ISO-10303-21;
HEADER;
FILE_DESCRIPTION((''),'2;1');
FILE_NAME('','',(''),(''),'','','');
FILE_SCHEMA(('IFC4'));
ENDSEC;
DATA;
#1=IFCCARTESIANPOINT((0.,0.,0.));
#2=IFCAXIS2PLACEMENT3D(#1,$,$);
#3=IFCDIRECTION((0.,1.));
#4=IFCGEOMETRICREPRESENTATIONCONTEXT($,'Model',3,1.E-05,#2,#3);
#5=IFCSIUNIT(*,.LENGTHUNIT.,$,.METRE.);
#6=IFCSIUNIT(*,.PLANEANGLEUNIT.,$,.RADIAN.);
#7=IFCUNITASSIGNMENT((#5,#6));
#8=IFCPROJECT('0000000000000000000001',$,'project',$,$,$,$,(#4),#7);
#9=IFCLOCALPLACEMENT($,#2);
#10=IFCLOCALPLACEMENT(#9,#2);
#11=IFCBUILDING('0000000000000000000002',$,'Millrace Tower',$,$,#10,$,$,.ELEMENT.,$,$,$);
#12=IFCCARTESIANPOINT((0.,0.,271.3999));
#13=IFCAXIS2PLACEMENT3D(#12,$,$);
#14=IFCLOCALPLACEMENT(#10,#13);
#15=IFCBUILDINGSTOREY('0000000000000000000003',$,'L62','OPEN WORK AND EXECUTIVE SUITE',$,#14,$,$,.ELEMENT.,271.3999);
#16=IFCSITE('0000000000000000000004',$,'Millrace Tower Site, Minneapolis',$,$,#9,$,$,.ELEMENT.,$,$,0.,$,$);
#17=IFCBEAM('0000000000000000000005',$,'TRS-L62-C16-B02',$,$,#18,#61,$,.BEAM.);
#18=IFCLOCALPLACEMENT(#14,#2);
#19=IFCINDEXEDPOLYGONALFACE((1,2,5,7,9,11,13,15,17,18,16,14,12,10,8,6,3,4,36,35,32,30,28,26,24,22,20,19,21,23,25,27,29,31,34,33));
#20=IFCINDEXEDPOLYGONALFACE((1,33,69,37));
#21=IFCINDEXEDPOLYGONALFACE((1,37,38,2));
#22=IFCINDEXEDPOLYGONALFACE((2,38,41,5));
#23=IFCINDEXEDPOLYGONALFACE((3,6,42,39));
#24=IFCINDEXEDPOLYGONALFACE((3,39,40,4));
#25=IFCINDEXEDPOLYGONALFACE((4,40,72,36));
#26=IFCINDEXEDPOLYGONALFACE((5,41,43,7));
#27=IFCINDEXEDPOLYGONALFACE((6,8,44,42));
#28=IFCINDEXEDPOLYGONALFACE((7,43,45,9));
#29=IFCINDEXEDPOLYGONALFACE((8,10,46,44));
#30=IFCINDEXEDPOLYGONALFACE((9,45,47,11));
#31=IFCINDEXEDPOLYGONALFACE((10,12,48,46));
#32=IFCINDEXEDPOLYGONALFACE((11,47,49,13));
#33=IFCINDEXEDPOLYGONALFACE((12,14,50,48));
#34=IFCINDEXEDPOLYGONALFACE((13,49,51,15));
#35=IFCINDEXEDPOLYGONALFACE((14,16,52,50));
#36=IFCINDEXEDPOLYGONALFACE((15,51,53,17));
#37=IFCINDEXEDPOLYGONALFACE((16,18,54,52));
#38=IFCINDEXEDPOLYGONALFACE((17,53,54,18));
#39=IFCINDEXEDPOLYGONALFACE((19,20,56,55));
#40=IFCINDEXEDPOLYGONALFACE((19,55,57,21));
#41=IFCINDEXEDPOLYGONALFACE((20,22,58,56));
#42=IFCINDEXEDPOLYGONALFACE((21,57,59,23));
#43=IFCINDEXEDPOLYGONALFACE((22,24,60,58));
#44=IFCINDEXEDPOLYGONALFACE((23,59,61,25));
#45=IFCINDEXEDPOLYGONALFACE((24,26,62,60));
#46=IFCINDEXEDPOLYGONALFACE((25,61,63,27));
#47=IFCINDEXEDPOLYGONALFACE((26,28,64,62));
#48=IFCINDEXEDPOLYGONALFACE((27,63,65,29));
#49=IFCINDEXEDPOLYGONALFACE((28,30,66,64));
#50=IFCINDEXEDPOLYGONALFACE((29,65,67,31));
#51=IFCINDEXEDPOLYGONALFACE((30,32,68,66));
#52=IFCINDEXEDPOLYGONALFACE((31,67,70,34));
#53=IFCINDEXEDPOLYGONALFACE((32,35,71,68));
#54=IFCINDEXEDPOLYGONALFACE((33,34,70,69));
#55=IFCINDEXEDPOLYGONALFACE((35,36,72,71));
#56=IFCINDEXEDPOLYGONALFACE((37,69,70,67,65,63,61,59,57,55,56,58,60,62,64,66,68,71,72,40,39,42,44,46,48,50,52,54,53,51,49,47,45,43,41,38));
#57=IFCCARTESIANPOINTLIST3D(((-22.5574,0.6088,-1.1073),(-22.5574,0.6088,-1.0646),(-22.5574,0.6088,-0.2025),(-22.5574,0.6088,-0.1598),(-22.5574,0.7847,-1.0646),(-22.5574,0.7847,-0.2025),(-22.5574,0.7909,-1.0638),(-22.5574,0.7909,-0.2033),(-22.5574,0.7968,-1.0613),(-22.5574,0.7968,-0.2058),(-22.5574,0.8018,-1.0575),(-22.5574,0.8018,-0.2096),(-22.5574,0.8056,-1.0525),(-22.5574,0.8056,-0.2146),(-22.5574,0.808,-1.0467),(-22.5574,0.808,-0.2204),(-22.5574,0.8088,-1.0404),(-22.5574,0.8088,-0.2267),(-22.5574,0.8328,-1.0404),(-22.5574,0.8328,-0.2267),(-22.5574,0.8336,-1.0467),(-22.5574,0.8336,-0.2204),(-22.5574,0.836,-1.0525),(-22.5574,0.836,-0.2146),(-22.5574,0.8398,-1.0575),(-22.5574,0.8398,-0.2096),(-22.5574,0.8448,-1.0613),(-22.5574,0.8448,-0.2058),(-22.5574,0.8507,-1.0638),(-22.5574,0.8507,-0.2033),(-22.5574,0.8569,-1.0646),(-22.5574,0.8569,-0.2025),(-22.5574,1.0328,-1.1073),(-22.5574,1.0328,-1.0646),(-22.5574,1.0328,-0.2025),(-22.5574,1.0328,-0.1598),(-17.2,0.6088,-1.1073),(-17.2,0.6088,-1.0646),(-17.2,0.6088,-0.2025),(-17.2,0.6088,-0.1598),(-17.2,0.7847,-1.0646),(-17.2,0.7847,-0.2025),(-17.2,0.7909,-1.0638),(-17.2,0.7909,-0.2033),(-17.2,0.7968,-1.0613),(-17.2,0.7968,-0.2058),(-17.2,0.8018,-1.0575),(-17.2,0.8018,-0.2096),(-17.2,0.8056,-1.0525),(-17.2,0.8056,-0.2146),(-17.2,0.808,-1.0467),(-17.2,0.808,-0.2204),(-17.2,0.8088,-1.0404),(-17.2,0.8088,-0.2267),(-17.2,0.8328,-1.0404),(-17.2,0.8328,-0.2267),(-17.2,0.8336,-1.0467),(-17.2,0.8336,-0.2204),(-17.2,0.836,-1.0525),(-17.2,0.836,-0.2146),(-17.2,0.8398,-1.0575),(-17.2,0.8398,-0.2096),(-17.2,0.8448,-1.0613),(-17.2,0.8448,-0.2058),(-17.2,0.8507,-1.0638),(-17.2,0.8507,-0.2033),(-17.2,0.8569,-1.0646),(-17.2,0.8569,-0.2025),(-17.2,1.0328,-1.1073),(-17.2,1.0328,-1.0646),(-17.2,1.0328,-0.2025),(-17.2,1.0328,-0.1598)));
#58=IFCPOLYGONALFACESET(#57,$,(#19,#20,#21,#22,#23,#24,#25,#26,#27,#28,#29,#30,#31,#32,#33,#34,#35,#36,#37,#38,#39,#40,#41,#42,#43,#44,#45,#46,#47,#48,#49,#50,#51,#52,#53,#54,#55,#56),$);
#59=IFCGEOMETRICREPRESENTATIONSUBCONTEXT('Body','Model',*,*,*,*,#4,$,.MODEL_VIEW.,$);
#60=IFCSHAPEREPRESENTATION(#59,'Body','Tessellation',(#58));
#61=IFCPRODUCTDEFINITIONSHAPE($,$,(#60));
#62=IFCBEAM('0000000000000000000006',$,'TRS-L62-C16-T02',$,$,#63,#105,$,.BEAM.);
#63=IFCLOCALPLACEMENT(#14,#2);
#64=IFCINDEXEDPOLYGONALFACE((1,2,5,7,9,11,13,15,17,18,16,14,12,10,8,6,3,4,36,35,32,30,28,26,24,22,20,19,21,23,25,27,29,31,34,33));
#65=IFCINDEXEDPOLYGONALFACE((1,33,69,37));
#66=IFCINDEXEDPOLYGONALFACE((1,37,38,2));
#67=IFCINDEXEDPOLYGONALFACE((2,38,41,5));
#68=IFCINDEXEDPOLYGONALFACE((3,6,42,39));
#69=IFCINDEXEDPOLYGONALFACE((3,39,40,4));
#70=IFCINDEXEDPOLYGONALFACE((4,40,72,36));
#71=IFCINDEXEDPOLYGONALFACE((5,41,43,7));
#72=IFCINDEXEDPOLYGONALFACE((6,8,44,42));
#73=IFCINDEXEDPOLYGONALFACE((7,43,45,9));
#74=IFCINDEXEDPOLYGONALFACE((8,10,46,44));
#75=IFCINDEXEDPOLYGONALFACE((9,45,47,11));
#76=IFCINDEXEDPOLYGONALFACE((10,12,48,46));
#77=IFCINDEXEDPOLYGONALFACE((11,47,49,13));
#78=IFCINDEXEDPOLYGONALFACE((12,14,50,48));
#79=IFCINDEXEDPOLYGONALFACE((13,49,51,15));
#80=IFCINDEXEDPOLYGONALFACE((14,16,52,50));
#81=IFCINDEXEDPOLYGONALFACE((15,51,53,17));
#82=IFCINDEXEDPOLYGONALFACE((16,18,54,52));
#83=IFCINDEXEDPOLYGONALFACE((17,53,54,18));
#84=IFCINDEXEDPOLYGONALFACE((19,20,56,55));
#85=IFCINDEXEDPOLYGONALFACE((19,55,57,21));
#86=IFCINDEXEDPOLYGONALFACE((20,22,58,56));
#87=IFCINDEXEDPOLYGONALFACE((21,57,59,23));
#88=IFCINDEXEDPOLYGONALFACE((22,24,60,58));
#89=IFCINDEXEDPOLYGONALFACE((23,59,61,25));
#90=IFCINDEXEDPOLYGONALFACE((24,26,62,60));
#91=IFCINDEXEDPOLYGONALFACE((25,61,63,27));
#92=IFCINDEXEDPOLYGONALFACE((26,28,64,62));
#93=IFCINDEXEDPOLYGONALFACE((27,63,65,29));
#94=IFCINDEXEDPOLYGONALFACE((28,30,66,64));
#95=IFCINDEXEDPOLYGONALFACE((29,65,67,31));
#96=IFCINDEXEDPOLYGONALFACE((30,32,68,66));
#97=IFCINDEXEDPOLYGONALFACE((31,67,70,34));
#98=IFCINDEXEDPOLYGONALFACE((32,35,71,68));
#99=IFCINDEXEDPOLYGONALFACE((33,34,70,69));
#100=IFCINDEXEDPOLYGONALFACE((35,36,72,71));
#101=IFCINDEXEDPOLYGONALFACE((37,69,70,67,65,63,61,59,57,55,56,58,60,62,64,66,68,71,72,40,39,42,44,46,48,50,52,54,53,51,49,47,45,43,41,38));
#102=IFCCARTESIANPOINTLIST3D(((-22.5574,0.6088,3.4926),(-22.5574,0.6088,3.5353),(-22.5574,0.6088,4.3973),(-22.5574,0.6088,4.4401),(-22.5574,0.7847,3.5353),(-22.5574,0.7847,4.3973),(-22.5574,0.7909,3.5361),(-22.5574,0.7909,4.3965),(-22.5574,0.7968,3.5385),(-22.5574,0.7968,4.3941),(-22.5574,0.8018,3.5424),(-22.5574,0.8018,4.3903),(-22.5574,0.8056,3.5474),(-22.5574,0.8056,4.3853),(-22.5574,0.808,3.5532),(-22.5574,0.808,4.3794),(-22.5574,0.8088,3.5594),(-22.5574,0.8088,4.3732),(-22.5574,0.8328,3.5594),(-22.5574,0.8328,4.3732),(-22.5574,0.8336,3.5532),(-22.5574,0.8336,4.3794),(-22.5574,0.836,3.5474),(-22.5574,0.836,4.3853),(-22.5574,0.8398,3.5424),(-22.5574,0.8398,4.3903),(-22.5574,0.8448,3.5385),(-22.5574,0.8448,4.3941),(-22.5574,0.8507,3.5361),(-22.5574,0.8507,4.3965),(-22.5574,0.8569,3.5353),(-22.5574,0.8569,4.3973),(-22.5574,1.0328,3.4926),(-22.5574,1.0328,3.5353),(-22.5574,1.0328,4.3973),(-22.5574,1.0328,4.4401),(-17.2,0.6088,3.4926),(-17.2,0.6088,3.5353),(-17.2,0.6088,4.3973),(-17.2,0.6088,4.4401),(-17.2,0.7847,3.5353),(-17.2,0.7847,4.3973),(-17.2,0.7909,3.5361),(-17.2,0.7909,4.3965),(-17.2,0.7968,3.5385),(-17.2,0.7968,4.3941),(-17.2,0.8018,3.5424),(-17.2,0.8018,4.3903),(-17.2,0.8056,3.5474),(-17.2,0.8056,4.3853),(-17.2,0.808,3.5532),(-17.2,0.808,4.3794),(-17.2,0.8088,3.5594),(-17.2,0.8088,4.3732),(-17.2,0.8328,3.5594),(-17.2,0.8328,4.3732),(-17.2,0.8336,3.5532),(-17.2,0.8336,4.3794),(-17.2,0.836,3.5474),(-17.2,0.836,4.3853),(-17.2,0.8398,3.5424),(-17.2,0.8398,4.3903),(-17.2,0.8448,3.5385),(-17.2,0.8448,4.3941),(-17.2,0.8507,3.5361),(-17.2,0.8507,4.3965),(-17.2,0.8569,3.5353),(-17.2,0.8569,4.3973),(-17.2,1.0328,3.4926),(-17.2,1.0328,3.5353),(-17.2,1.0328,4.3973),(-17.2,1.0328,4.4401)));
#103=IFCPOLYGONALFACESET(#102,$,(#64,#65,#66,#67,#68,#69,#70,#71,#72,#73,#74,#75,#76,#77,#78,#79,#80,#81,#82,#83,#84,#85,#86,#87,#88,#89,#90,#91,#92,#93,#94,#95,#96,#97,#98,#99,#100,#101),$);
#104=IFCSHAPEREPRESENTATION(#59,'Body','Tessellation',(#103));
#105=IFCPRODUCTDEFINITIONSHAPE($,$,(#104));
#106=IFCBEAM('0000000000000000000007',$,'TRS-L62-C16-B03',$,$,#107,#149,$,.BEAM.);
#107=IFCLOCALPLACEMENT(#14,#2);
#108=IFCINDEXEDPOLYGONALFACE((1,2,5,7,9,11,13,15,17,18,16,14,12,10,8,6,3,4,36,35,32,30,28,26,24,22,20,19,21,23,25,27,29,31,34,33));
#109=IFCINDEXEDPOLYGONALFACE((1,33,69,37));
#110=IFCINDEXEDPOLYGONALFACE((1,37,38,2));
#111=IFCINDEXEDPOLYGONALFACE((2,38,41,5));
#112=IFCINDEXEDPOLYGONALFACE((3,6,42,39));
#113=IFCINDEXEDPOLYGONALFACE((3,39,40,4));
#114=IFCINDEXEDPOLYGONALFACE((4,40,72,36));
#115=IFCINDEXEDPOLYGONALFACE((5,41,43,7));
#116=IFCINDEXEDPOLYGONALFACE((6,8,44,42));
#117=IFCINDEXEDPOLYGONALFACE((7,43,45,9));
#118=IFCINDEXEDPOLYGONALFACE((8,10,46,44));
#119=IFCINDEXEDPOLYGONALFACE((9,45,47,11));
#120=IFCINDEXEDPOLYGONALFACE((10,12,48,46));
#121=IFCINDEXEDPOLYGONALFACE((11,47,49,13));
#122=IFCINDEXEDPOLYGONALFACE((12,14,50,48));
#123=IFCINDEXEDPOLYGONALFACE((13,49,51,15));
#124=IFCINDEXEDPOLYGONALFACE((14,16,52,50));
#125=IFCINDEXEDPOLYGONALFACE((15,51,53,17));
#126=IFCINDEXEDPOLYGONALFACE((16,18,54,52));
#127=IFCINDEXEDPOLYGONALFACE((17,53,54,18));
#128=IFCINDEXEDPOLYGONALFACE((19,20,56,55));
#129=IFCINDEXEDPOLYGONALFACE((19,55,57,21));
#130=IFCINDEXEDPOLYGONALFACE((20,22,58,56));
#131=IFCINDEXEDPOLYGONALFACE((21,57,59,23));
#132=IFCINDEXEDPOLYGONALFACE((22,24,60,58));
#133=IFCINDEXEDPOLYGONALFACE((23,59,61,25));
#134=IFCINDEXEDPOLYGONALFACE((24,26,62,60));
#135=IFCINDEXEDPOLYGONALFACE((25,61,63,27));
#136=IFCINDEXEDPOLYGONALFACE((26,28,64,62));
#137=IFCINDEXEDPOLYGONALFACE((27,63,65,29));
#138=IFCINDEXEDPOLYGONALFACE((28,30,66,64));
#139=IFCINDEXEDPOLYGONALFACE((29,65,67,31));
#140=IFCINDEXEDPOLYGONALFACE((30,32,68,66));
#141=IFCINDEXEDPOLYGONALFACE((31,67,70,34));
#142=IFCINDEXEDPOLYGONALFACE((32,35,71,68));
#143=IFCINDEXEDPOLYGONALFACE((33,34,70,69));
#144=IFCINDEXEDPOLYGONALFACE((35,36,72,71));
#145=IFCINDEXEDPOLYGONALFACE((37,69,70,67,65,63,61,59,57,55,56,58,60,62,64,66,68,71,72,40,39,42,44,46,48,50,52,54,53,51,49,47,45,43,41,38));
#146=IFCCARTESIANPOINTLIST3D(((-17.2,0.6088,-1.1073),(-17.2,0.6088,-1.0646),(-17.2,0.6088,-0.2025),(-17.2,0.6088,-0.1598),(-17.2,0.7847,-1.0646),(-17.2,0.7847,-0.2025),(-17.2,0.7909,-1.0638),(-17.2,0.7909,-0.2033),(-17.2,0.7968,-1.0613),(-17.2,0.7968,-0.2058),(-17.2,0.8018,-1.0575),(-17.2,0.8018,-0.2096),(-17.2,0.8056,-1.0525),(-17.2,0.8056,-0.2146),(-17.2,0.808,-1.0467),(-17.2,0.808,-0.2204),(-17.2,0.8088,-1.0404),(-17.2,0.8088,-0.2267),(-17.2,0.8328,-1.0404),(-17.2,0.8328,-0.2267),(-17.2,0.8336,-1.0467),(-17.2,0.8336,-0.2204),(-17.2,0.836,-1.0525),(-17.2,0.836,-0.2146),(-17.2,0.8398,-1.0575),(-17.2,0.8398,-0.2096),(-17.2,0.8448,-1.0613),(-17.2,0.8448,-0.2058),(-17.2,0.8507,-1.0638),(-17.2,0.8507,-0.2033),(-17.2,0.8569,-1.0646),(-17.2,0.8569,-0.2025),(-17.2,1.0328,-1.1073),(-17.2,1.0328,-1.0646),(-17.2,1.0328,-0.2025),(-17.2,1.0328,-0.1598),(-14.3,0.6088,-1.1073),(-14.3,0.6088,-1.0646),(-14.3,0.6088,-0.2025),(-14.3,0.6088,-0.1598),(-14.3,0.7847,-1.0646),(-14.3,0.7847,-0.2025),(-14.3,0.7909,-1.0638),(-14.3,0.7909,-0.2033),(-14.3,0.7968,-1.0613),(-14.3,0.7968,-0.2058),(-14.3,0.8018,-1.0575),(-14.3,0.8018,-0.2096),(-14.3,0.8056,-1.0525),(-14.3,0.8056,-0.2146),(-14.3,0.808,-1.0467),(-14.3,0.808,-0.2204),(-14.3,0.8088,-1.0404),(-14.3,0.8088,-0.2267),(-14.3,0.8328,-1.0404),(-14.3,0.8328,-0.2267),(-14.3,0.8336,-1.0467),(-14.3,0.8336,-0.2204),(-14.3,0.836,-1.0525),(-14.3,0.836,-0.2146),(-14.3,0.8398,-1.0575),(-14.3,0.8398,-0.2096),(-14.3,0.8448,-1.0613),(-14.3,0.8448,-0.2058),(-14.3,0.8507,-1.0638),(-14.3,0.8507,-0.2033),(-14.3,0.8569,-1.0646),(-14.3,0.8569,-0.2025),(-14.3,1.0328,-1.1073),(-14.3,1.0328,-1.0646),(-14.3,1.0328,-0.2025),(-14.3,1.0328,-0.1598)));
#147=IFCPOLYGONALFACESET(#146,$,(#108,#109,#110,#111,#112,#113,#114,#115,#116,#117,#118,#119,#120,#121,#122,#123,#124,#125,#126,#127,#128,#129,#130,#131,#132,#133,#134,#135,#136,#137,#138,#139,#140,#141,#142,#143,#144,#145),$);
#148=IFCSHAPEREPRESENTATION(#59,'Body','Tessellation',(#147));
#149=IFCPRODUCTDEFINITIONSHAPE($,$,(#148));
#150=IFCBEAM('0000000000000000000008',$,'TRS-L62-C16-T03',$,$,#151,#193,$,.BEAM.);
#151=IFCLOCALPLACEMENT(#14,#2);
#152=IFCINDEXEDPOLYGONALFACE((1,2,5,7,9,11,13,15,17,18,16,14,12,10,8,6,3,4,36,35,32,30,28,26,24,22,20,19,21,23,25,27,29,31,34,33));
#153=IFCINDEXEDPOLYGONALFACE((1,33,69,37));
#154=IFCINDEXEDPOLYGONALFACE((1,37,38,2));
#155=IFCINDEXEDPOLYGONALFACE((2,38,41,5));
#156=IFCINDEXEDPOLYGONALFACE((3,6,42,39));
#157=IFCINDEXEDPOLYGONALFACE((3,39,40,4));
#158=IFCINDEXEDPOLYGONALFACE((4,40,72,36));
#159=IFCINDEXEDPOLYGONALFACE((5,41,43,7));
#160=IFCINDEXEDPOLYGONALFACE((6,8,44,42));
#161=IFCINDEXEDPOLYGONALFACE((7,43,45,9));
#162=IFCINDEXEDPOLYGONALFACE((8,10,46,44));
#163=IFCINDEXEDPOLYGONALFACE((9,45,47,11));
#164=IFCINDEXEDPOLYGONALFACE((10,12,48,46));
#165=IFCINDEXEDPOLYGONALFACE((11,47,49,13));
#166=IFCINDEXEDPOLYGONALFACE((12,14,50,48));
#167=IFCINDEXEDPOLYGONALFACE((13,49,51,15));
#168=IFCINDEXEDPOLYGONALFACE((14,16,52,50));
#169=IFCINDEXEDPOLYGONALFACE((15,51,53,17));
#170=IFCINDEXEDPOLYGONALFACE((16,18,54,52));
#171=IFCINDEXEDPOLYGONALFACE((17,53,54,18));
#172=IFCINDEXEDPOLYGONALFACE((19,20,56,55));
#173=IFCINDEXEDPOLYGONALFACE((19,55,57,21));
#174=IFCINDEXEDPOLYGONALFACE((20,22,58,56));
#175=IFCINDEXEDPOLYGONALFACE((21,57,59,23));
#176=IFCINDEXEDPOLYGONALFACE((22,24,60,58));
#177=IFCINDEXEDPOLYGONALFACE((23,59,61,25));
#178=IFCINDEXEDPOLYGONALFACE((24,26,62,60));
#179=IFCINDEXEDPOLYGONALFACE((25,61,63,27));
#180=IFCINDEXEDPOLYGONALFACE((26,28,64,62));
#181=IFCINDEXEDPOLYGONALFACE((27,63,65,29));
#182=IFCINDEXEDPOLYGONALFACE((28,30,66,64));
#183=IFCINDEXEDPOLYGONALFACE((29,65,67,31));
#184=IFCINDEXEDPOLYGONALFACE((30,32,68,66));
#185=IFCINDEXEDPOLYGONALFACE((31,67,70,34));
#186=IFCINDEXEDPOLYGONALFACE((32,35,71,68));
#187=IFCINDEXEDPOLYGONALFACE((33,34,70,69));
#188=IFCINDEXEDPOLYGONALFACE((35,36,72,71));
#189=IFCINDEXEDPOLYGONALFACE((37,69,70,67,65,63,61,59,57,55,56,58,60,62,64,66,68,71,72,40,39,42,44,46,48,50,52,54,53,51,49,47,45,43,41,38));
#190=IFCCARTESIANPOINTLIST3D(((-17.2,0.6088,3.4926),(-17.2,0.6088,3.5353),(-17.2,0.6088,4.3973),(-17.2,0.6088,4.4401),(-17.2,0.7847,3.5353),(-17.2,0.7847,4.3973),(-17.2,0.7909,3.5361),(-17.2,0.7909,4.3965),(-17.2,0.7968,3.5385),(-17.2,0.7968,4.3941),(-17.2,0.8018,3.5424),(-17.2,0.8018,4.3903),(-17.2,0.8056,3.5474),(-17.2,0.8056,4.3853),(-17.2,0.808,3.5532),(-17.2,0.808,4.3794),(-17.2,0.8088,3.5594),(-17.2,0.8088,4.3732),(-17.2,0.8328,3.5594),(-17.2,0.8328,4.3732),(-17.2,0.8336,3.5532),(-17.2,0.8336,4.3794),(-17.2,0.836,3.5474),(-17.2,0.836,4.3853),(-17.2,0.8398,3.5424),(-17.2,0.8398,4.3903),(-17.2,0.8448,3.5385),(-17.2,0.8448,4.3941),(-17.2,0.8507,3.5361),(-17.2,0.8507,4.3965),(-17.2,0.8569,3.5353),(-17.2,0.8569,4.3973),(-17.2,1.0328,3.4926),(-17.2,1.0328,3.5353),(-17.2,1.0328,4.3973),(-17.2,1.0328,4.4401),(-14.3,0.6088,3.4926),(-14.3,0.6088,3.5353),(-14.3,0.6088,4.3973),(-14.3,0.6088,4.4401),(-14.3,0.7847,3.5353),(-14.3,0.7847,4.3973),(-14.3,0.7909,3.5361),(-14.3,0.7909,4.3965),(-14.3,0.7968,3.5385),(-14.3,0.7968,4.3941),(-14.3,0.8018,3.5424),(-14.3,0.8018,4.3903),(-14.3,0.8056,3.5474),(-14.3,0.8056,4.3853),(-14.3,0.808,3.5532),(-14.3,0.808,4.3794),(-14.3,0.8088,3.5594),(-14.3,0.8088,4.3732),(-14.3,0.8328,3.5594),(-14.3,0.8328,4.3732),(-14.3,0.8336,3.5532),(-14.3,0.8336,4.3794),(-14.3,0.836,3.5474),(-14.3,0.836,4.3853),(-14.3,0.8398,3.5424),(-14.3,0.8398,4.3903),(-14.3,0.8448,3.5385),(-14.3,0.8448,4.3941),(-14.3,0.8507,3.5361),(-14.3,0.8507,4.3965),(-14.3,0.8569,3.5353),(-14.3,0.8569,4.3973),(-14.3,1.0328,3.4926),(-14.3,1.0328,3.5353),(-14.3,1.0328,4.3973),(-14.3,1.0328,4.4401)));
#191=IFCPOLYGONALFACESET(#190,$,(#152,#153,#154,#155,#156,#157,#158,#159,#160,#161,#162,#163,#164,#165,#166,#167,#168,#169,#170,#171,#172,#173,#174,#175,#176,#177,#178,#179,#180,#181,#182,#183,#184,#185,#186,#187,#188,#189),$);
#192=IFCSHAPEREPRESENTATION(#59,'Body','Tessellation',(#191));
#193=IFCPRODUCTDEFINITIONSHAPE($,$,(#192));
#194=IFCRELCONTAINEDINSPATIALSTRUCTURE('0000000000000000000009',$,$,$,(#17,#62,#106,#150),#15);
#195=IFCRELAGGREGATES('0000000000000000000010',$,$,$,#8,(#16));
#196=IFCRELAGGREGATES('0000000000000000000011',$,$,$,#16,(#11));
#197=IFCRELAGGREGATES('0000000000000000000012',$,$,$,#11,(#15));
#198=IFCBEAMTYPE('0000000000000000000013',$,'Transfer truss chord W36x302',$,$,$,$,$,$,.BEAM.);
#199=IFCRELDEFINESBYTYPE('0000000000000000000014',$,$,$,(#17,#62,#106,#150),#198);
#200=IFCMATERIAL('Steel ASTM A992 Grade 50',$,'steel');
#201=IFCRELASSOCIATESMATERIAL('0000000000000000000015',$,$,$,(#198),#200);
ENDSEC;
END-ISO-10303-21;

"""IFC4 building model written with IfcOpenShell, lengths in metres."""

from ifc_helpers import new_model, si_unit, direction, frame, origin, origin_2d, place, context, subcontext, project, spatial, i_section, extrude, material, material_profile, profile_set, type_object, element, save


model = new_model("IFC4")

# Units and contexts
model_context = context("Model", 3, precision=1e-05, world=origin(), true_north=direction((0.0, 1.0)))
body_context = subcontext(model_context, "Body", "Model", "MODEL_VIEW")
ifc_project = project(units=[si_unit("LENGTHUNIT", "METRE"), si_unit("PLANEANGLEUNIT", "RADIAN")], contexts=[model_context])

# Site, building, storey
site_placement = place(None, origin())
site = spatial("IfcSite", under=ifc_project, at=site_placement, Name="Millrace Tower Site, Minneapolis", CompositionType="ELEMENT", RefElevation=0.0)
building_placement = place(site_placement, origin())
building = spatial("IfcBuilding", under=site, at=building_placement, Name="Millrace Tower", CompositionType="ELEMENT")
storey_placement = place(building_placement, frame((0.0, 0.0, 271.3999)))
storey = spatial("IfcBuildingStorey", under=building, at=storey_placement, Name="L62", Description="OPEN WORK AND EXECUTIVE SUITE", CompositionType="ELEMENT", Elevation=271.3999)

# Beams
ifc_material_1 = material(Name="Steel ASTM A992 Grade 50", Category="steel")
ifc_material_profile_1 = material_profile(ifc_material_1, i_section(OverallWidth=0.4241, OverallDepth=0.9475, WebThickness=0.0239, FlangeThickness=0.0427, FilletRadius=0.0242, at=origin_2d()))
ifc_profile_set_1 = profile_set([ifc_material_profile_1], Name="Steel ASTM A992 Grade 50")
beam_type_1 = type_object("IfcBeamType", Name="Transfer truss chord W36x302", PredefinedType="BEAM", material=ifc_profile_set_1)
for number, where, z_axis, x_axis, name in (
    (1, (-22.5574, 0.8208, -0.6335), (1.0, 0.0, 0.0), (0.0, 1.0, 0.0), "TRS-L62-C16-B02"),
    (2, (-22.5574, 0.8208, 3.9663), (1.0, 0.0, 0.0), (0.0, 1.0, 0.0), "TRS-L62-C16-T02"),
):
    element("IfcBeam", number, at=place(storey_placement, frame(where, z_axis=z_axis, x_axis=x_axis)), inside=storey, type_object=beam_type_1, Name=name, PredefinedType="BEAM", context=body_context, shape_type="SweptSolid", body=[
        extrude(i_section(OverallWidth=0.4241, OverallDepth=0.9475, WebThickness=0.0239, FlangeThickness=0.0427, FilletRadius=0.0242, at=origin_2d()), origin(), (0.0, 0.0, 1.0), 5.3574),
    ])
for number, where, z_axis, x_axis, name in (
    (3, (-17.2, 0.8208, -0.6335), (1.0, 0.0, 0.0), (0.0, 1.0, 0.0), "TRS-L62-C16-B03"),
    (4, (-17.2, 0.8208, 3.9663), (1.0, 0.0, 0.0), (0.0, 1.0, 0.0), "TRS-L62-C16-T03"),
):
    element("IfcBeam", number, at=place(storey_placement, frame(where, z_axis=z_axis, x_axis=x_axis)), inside=storey, type_object=beam_type_1, Name=name, PredefinedType="BEAM", context=body_context, shape_type="SweptSolid", body=[
        extrude(i_section(OverallWidth=0.4241, OverallDepth=0.9475, WebThickness=0.0239, FlangeThickness=0.0427, FilletRadius=0.0242, at=origin_2d()), origin(), (0.0, 0.0, 1.0), 2.8999),
    ])

save(model, "model.ifc")
